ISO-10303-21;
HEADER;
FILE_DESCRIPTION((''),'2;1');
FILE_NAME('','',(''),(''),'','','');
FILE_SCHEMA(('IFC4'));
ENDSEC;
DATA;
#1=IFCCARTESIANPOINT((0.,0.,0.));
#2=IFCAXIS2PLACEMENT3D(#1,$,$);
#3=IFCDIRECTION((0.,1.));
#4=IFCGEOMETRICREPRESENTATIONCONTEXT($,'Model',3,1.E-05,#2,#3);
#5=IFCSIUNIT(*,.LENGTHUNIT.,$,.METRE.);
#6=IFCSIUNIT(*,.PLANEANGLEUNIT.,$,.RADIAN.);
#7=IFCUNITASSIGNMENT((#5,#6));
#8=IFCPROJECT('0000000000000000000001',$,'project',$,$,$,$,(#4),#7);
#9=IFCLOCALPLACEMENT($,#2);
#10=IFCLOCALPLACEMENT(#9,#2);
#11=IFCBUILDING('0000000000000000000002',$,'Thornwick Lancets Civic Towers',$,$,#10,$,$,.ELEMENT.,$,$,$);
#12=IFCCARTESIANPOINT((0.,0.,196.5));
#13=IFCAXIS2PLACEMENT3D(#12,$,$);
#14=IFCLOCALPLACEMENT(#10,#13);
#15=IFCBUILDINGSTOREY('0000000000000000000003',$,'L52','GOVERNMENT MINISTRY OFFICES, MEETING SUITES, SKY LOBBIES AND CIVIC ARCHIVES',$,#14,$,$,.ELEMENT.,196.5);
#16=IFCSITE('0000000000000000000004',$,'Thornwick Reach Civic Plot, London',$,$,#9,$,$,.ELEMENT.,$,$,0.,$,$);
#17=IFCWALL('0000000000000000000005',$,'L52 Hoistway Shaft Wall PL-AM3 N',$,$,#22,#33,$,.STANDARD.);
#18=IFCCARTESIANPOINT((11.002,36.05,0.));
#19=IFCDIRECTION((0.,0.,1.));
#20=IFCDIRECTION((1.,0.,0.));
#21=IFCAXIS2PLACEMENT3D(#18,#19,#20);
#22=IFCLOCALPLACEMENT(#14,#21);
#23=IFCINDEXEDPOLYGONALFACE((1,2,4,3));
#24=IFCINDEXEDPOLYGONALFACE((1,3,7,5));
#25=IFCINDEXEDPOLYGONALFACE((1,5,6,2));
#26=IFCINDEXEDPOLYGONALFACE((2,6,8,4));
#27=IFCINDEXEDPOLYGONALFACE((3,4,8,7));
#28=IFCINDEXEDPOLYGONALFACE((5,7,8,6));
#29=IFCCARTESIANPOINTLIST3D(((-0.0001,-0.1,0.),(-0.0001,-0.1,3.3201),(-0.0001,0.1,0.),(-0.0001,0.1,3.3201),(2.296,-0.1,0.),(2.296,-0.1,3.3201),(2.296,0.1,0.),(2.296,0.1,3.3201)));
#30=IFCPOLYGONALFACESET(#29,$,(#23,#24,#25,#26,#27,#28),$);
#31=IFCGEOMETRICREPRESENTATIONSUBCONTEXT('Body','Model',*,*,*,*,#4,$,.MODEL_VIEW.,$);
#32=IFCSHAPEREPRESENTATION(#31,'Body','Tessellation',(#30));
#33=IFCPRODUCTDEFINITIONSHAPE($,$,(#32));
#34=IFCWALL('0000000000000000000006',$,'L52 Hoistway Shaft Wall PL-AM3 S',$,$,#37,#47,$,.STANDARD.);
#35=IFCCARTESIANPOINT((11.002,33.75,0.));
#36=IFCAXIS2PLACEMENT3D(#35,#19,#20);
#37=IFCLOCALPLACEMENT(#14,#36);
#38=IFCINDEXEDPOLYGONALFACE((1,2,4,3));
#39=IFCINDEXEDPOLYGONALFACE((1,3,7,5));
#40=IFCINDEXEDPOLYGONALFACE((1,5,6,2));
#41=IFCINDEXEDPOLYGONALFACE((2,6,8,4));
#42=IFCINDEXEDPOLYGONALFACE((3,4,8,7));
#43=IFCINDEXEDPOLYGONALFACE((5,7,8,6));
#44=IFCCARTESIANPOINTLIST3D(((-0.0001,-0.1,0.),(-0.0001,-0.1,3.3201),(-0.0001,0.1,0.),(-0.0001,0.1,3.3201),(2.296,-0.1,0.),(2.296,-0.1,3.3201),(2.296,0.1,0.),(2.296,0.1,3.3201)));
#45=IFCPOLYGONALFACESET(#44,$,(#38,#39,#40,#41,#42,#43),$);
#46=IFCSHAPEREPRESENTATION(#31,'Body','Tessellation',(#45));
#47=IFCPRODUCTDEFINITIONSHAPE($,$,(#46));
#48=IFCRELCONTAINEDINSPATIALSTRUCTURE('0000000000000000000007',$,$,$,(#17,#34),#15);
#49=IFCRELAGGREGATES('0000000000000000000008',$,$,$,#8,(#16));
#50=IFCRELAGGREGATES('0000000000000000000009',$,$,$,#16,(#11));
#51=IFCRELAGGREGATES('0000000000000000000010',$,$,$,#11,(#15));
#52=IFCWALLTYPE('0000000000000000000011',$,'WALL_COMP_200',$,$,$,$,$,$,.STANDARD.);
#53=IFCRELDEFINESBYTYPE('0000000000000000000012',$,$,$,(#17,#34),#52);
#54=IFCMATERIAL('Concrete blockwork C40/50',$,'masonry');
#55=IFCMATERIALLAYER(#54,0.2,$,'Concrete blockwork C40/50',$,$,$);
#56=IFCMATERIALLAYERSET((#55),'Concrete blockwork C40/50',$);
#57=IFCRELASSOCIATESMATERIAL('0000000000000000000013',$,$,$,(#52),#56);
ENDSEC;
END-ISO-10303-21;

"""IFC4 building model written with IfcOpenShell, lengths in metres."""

from ifc_helpers import new_model, si_unit, direction, frame, frame_2d, origin, place, context, subcontext, project, spatial, rectangle, extrude, material, layer, layer_set, type_object, element, save


model = new_model("IFC4")

# Units and contexts
model_context = context("Model", 3, precision=1e-05, world=origin(), true_north=direction((0.0, 1.0)))
body_context = subcontext(model_context, "Body", "Model", "MODEL_VIEW")
ifc_project = project(units=[si_unit("LENGTHUNIT", "METRE"), si_unit("PLANEANGLEUNIT", "RADIAN")], contexts=[model_context])

# Site, building, storey
site_placement = place(None, origin())
site = spatial("IfcSite", under=ifc_project, at=site_placement, Name="Thornwick Reach Civic Plot, London", CompositionType="ELEMENT", RefElevation=0.0)
building_placement = place(site_placement, origin())
building = spatial("IfcBuilding", under=site, at=building_placement, Name="Thornwick Lancets Civic Towers", CompositionType="ELEMENT")
storey_placement = place(building_placement, frame((0.0, 0.0, 196.5)))
storey = spatial("IfcBuildingStorey", under=building, at=storey_placement, Name="L52", Description="GOVERNMENT MINISTRY OFFICES, MEETING SUITES, SKY LOBBIES AND CIVIC ARCHIVES", CompositionType="ELEMENT", Elevation=196.5)

# Shared definitions
ifc_material_1 = material(Name="Concrete blockwork C40/50", Category="masonry")
ifc_layer_1 = layer(ifc_material_1, 0.2, Name="Concrete blockwork C40/50")
ifc_layer_set_1 = layer_set([ifc_layer_1], Name="Concrete blockwork C40/50")
wall_type_1 = type_object("IfcWallType", Name="WALL_COMP_200", PredefinedType="STANDARD", material=ifc_layer_set_1)

# Walls
for number, where, z_axis, x_axis, name in (
    (1, (11.002, 36.05, 0.0), (0.0, 0.0, 1.0), (1.0, 0.0, 0.0), "L52 Hoistway Shaft Wall PL-AM3 N"),
    (2, (11.002, 33.75, 0.0), (0.0, 0.0, 1.0), (1.0, 0.0, 0.0), "L52 Hoistway Shaft Wall PL-AM3 S"),
):
    element("IfcWall", number, at=place(storey_placement, frame(where, z_axis=z_axis, x_axis=x_axis)), inside=storey, type_object=wall_type_1, Name=name, PredefinedType="STANDARD", context=body_context, shape_type="SweptSolid", body=[
        extrude(rectangle(XDim=2.2961, YDim=0.2, at=frame_2d((1.1479, 0.0))), origin(), (0.0, 0.0, 1.0), 3.3201),
    ])

save(model, "model.ifc")
